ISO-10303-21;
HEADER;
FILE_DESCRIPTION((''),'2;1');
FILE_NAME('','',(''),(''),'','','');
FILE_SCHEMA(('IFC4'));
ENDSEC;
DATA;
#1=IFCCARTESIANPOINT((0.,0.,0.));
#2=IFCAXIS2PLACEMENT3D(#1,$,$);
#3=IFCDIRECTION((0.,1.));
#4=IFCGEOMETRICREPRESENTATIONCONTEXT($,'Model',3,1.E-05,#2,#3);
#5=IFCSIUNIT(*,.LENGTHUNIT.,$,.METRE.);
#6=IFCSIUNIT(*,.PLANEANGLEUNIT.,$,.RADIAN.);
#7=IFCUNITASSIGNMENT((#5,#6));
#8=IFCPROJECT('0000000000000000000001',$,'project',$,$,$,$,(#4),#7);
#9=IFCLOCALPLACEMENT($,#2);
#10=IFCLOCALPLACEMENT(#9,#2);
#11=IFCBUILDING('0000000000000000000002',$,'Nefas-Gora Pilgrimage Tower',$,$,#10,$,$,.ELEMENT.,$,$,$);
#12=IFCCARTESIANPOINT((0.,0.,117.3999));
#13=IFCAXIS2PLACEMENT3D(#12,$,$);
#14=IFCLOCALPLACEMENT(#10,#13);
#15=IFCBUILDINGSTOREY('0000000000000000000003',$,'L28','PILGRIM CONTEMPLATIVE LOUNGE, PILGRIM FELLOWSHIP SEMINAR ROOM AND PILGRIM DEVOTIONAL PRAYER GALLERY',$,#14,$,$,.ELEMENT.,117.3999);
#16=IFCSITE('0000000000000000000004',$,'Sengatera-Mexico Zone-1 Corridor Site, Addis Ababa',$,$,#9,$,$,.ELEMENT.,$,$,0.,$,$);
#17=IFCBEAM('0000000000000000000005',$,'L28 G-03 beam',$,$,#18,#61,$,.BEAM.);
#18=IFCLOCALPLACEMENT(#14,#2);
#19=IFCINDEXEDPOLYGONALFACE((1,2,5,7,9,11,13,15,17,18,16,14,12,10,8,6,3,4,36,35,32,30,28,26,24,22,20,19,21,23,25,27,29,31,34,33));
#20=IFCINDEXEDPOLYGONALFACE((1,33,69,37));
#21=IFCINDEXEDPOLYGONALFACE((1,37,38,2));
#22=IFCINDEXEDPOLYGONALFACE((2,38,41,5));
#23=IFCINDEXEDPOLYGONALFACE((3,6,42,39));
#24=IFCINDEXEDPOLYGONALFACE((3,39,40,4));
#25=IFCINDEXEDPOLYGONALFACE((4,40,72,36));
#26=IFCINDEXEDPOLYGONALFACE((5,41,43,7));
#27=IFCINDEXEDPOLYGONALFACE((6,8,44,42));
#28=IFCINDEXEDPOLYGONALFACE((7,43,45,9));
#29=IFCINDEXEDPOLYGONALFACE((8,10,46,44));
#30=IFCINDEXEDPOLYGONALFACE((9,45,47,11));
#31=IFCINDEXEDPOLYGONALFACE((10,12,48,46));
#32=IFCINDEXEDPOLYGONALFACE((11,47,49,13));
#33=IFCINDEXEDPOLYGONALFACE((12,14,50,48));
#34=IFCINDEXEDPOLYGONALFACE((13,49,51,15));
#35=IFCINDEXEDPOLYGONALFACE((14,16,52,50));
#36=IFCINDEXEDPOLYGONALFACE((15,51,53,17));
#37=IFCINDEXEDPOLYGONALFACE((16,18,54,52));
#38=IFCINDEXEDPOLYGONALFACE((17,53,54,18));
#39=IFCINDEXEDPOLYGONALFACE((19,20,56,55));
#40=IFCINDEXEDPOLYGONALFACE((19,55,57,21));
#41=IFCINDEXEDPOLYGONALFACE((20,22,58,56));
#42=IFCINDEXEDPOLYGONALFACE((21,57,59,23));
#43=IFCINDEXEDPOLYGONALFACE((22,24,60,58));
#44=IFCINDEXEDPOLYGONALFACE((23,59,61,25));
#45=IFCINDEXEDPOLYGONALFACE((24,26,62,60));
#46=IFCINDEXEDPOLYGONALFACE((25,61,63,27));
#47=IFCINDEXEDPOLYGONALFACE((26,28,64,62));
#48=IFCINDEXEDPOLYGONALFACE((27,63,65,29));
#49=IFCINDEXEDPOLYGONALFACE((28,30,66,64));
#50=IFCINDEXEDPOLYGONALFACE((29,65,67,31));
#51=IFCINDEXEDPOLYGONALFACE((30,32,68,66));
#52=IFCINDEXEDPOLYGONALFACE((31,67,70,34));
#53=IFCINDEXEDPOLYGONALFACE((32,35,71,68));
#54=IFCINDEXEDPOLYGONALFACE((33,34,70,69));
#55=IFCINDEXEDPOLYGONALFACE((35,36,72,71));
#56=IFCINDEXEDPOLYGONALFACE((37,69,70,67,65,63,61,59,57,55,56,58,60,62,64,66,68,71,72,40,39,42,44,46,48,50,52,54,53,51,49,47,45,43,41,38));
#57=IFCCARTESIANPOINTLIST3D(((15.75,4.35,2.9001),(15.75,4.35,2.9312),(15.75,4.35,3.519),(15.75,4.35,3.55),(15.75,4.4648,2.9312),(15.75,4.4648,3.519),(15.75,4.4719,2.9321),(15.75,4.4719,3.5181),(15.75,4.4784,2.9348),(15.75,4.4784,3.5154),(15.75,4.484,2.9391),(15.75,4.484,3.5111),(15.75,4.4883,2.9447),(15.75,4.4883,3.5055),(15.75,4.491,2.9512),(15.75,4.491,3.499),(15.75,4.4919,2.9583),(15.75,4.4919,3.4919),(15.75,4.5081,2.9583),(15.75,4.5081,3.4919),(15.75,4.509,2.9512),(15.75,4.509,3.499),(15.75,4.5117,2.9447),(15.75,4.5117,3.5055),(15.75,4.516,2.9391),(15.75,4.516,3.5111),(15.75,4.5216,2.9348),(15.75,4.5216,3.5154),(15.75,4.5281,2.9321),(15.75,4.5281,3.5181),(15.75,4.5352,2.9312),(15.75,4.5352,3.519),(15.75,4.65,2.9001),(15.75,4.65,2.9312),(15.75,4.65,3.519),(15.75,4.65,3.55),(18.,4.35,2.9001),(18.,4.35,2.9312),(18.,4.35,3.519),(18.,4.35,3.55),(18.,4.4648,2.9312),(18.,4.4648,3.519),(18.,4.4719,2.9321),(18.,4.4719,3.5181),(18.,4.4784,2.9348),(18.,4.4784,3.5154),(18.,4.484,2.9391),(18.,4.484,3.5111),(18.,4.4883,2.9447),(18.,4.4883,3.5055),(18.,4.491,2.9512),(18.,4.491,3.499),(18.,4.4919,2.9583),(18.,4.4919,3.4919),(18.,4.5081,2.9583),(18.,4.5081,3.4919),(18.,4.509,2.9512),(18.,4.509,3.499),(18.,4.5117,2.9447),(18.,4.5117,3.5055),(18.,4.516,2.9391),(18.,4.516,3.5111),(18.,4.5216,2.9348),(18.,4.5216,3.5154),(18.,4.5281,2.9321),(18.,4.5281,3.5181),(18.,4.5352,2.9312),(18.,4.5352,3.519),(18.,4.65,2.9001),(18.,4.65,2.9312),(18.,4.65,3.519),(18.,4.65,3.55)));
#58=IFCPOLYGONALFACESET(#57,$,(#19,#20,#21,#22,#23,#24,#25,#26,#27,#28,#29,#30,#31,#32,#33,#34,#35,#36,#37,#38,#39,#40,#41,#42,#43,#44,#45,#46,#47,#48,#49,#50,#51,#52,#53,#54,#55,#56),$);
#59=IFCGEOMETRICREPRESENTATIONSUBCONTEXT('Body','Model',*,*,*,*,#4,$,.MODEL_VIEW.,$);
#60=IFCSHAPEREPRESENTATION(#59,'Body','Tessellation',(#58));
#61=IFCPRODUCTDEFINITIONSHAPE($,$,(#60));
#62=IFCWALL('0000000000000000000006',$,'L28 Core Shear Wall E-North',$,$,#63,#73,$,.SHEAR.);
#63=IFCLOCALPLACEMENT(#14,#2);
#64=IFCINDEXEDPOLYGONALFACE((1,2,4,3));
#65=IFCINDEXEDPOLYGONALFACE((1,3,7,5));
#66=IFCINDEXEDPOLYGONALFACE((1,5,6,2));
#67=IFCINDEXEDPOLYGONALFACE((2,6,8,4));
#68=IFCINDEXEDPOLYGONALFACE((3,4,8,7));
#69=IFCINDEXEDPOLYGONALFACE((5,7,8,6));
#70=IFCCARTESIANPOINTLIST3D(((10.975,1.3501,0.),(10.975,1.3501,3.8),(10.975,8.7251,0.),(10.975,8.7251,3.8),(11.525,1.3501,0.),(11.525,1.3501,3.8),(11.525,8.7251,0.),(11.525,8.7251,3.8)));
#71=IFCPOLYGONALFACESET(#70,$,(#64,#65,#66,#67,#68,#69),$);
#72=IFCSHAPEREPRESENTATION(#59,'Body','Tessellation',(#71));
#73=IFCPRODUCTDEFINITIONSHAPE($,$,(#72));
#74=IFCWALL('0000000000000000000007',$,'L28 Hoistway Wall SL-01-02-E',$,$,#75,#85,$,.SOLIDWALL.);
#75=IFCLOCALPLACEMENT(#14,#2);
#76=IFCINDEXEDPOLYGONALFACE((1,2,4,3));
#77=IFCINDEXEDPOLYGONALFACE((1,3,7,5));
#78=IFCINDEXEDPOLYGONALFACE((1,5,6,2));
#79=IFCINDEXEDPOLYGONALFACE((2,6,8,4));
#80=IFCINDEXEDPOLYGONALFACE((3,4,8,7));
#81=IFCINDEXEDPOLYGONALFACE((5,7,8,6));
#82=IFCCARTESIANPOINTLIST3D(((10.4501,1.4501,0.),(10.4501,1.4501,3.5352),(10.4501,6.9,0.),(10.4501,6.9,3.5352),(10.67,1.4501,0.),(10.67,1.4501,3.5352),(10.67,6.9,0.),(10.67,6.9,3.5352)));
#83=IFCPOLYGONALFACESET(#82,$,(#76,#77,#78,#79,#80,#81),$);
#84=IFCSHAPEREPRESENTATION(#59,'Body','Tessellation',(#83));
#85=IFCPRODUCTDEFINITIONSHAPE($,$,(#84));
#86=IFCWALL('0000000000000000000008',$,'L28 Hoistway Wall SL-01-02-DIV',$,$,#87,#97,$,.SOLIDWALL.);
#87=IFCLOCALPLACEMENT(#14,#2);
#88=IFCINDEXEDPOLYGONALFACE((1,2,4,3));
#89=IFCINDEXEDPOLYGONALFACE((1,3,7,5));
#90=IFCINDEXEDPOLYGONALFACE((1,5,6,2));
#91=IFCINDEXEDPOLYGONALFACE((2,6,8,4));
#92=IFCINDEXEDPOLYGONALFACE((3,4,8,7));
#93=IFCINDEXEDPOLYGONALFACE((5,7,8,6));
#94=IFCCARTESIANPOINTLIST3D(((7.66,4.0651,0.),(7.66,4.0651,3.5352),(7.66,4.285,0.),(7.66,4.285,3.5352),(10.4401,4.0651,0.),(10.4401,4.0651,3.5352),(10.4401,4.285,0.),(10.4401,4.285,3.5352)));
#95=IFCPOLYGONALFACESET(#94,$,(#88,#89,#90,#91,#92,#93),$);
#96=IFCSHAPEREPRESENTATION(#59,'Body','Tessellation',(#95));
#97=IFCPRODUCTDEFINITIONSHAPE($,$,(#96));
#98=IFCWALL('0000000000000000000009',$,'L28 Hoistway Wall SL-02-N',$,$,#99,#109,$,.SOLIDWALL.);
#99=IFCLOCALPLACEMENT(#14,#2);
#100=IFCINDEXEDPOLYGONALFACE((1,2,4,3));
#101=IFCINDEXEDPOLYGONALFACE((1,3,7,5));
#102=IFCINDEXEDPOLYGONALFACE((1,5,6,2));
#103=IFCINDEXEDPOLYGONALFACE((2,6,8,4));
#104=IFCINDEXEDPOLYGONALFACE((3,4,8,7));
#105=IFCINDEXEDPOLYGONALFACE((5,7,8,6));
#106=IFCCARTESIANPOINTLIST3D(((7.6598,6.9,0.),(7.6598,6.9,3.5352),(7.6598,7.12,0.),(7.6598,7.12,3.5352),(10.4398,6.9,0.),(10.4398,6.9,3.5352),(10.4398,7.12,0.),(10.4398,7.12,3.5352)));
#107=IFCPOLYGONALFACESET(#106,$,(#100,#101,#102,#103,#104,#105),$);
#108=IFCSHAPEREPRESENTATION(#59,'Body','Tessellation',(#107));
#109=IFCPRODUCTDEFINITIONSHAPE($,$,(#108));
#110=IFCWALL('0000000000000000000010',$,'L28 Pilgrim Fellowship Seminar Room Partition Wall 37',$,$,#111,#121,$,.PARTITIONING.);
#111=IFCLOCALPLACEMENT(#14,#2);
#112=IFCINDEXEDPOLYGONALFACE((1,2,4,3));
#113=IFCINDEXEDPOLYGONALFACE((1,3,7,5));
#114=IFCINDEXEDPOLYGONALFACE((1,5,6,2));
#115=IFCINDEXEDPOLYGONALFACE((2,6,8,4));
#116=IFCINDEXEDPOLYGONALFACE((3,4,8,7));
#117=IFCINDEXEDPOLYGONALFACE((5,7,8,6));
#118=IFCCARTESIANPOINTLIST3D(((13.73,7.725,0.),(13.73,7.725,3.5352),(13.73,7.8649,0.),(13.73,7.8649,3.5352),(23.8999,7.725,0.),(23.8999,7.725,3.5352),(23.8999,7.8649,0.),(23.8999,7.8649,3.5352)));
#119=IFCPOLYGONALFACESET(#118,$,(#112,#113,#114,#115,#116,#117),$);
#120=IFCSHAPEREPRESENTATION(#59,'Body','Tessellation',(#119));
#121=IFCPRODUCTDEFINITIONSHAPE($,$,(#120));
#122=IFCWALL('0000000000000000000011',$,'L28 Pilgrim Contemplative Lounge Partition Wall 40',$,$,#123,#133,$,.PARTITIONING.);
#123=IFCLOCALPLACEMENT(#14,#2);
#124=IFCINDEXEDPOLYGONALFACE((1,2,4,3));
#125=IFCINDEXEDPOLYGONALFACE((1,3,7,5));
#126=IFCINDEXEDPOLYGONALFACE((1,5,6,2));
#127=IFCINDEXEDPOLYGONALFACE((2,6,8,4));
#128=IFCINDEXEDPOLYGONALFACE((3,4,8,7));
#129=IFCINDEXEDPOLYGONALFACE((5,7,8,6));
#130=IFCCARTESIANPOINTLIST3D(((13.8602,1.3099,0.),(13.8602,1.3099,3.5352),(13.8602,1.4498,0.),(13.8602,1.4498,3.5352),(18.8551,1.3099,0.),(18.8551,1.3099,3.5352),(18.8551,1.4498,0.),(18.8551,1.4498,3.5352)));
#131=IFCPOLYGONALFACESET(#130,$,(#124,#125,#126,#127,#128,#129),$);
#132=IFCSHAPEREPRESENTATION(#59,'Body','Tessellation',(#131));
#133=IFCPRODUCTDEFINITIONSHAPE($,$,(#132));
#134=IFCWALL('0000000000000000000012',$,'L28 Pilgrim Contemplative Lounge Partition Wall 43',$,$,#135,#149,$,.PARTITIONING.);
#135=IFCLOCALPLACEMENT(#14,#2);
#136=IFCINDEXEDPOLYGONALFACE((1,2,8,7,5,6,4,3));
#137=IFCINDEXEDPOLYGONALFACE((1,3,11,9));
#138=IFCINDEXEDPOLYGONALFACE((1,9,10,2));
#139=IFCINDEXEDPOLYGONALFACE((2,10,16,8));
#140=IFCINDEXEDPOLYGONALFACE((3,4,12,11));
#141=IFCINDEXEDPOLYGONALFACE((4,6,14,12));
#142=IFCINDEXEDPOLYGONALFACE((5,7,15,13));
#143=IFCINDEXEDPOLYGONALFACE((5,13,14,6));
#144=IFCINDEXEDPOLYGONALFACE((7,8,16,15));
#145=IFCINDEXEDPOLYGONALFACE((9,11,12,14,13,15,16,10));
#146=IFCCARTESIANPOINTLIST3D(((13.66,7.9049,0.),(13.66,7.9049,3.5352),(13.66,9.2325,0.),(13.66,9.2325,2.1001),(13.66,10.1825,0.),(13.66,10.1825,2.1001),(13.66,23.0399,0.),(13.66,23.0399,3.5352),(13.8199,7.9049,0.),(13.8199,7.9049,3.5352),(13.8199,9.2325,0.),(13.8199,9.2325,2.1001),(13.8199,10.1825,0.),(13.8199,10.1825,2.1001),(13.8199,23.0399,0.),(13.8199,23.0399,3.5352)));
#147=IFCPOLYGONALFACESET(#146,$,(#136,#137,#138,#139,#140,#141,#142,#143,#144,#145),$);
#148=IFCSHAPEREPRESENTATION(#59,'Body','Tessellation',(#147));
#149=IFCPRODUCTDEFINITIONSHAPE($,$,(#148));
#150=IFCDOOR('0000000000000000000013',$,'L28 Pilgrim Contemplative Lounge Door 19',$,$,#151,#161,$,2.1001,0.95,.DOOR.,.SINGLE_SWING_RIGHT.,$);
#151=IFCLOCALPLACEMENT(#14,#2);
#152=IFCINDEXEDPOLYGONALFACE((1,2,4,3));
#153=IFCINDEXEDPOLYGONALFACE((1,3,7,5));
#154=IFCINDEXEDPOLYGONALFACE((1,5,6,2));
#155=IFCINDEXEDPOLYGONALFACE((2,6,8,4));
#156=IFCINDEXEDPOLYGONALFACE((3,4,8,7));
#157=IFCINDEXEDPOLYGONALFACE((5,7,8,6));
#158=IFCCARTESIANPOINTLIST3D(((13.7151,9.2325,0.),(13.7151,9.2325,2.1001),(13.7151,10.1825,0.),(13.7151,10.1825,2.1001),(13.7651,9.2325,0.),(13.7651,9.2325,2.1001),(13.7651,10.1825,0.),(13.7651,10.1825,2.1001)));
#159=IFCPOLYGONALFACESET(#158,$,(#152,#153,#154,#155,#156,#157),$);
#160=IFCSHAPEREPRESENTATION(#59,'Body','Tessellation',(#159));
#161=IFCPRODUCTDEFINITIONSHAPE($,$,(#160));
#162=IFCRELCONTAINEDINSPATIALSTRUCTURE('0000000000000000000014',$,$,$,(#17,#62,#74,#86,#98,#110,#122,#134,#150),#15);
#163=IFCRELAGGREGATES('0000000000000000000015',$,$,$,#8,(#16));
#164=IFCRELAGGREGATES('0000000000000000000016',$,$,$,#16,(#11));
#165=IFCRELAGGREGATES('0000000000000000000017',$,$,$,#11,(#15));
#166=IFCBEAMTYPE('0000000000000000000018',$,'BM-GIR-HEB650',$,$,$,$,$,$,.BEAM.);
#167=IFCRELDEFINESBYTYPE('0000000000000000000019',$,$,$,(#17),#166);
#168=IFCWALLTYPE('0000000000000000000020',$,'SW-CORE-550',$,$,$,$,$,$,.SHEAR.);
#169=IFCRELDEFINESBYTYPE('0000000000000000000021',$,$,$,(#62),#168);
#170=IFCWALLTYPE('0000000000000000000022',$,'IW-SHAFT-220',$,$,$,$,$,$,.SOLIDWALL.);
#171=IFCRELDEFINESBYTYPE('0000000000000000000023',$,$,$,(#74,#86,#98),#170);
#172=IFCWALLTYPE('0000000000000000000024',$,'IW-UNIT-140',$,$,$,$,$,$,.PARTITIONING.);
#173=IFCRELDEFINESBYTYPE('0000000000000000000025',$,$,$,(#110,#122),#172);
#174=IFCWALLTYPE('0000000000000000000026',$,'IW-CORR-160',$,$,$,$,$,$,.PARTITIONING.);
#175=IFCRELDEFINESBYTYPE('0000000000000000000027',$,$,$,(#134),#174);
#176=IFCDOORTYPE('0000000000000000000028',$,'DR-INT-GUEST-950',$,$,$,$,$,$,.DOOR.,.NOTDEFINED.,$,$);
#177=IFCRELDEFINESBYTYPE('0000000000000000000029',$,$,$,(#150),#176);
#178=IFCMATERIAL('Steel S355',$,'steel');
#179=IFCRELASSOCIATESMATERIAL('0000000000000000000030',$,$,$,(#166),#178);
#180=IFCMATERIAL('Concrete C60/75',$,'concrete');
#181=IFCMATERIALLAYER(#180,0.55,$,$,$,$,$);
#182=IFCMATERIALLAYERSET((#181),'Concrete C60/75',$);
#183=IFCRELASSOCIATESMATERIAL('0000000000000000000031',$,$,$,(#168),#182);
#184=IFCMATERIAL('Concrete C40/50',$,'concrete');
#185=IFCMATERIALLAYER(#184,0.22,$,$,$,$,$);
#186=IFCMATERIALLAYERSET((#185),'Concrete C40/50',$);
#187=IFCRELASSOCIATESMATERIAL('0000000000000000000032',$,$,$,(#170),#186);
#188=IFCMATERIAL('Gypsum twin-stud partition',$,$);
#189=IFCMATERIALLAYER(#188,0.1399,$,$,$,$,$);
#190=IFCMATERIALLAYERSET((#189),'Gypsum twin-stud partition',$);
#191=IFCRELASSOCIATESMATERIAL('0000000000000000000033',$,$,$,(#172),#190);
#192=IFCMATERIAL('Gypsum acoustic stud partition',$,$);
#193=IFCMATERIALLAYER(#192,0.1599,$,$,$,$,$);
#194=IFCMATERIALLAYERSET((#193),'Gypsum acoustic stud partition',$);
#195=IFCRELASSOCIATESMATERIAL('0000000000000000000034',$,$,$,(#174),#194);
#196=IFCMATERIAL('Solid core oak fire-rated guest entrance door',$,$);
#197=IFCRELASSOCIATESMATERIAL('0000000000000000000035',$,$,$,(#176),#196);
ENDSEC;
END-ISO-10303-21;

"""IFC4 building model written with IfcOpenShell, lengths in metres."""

from ifc_helpers import new_model, si_unit, direction, frame, frame_2d, origin, origin_2d, place, context, subcontext, project, spatial, rectangle, i_section, extrude, source, transform, mapped, material, layer, layer_set, material_profile, profile_set, type_object, element, fill, save


model = new_model("IFC4")

# Units and contexts
model_context = context("Model", 3, precision=1e-05, world=origin(), true_north=direction((0.0, 1.0)))
body_context = subcontext(model_context, "Body", "Model", "MODEL_VIEW")
ifc_project = project(units=[si_unit("LENGTHUNIT", "METRE"), si_unit("PLANEANGLEUNIT", "RADIAN")], contexts=[model_context])

# Site, building, storey
site_placement = place(None, origin())
site = spatial("IfcSite", under=ifc_project, at=site_placement, Name="Sengatera-Mexico Zone-1 Corridor Site, Addis Ababa", CompositionType="ELEMENT", RefElevation=0.0)
building_placement = place(site_placement, origin())
building = spatial("IfcBuilding", under=site, at=building_placement, Name="Nefas-Gora Pilgrimage Tower", CompositionType="ELEMENT")
storey_placement = place(building_placement, frame((0.0, 0.0, 117.3999)))
storey = spatial("IfcBuildingStorey", under=building, at=storey_placement, Name="L28", Description="PILGRIM CONTEMPLATIVE LOUNGE, PILGRIM FELLOWSHIP SEMINAR ROOM AND PILGRIM DEVOTIONAL PRAYER GALLERY", CompositionType="ELEMENT", Elevation=117.3999)

# Beam
ifc_material_1 = material(Name="Steel S355", Category="steel")
ifc_material_profile_1 = material_profile(ifc_material_1, i_section(OverallWidth=0.3, OverallDepth=0.6499, WebThickness=0.0161, FlangeThickness=0.031, FilletRadius=0.0271, at=origin_2d()), Name="HEB 650")
ifc_profile_set_1 = profile_set([ifc_material_profile_1], Name="Steel S355")
beam_type = type_object("IfcBeamType", Name="BM-GIR-HEB650", PredefinedType="BEAM", material=ifc_profile_set_1)
shared_shape_1 = source(origin(), body_context, "Body", "SweptSolid", [
    extrude(i_section(OverallWidth=0.3, OverallDepth=0.6499, WebThickness=0.0161, FlangeThickness=0.031, FilletRadius=0.0271, at=origin_2d()), origin(), (0.0, 0.0, 1.0), 2.25),
])
for number, where, z_axis, x_axis, name in (
    (1, (15.75, 4.5, 3.2251), (1.0, 0.0, 0.0), (0.0, 1.0, 0.0), "L28 G-03 beam"),
):
    element("IfcBeam", number, at=place(storey_placement, frame(where, z_axis=z_axis, x_axis=x_axis)), inside=storey, type_object=beam_type, Name=name, PredefinedType="BEAM", context=body_context, shape_type="MappedRepresentation", body=[
        mapped(shared_shape_1, transform((0.0, 0.0, 0.0), x_axis=(1.0, 0.0, 0.0), y_axis=(0.0, 1.0, 0.0), z_axis=(0.0, 0.0, 1.0), scale=1.0)),
    ])

# Walls
ifc_material_2 = material(Name="Concrete C60/75", Category="concrete")
ifc_layer_1 = layer(ifc_material_2, 0.55)
ifc_layer_set_1 = layer_set([ifc_layer_1], Name="Concrete C60/75")
wall_type_1 = type_object("IfcWallType", Name="SW-CORE-550", PredefinedType="SHEAR", material=ifc_layer_set_1)
shared_shape_2 = source(origin(), body_context, "Body", "SweptSolid", [
    extrude(rectangle(XDim=7.375, YDim=0.55, at=frame_2d((3.6875, 0.0))), origin(), (0.0, 0.0, 1.0), 3.8),
])
wall_1_placement = place(storey_placement, frame((11.25, 1.3501, 0.0), z_axis=(0.0, 0.0, 1.0), x_axis=(0.0, 1.0, 0.0)))
element("IfcWall", 2, at=wall_1_placement, inside=storey, type_object=wall_type_1, Name="L28 Core Shear Wall E-North", PredefinedType="SHEAR", context=body_context, shape_type="MappedRepresentation", body=[
    mapped(shared_shape_2, transform((0.0, 0.0, 0.0), x_axis=(1.0, 0.0, 0.0), y_axis=(0.0, 1.0, 0.0), z_axis=(0.0, 0.0, 1.0), scale=1.0)),
])
ifc_material_3 = material(Name="Concrete C40/50", Category="concrete")
ifc_layer_2 = layer(ifc_material_3, 0.22)
ifc_layer_set_2 = layer_set([ifc_layer_2], Name="Concrete C40/50")
wall_type_2 = type_object("IfcWallType", Name="IW-SHAFT-220", PredefinedType="SOLIDWALL", material=ifc_layer_set_2)
shared_shape_3 = source(origin(), body_context, "Body", "SweptSolid", [
    extrude(rectangle(XDim=5.45, YDim=0.22, at=frame_2d((2.7251, 0.0))), origin(), (0.0, 0.0, 1.0), 3.5352),
])
wall_2_placement = place(storey_placement, frame((10.5601, 1.45, 0.0), z_axis=(0.0, 0.0, 1.0), x_axis=(0.0, 1.0, 0.0)))
element("IfcWall", 3, at=wall_2_placement, inside=storey, type_object=wall_type_2, Name="L28 Hoistway Wall SL-01-02-E", PredefinedType="SOLIDWALL", context=body_context, shape_type="MappedRepresentation", body=[
    mapped(shared_shape_3, transform((0.0, 0.0, 0.0), x_axis=(1.0, 0.0, 0.0), y_axis=(0.0, 1.0, 0.0), z_axis=(0.0, 0.0, 1.0), scale=1.0)),
])
shared_shape_4 = source(origin(), body_context, "Body", "SweptSolid", [
    extrude(rectangle(XDim=2.78, YDim=0.22, at=frame_2d((1.3901, 0.0))), origin(), (0.0, 0.0, 1.0), 3.5352),
])
for number, where, z_axis, x_axis, name in (
    (4, (7.6599, 4.175, 0.0), (0.0, 0.0, 1.0), (1.0, 0.0, 0.0), "L28 Hoistway Wall SL-01-02-DIV"),
    (5, (10.4399, 7.01, 0.0), (0.0, 0.0, 1.0), (-1.0, 0.0, 0.0), "L28 Hoistway Wall SL-02-N"),
):
    element("IfcWall", number, at=place(storey_placement, frame(where, z_axis=z_axis, x_axis=x_axis)), inside=storey, type_object=wall_type_2, Name=name, PredefinedType="SOLIDWALL", context=body_context, shape_type="MappedRepresentation", body=[
        mapped(shared_shape_4, transform((0.0, 0.0, 0.0), x_axis=(1.0, 0.0, 0.0), y_axis=(0.0, 1.0, 0.0), z_axis=(0.0, 0.0, 1.0), scale=1.0)),
    ])
ifc_material_4 = material(Name="Gypsum twin-stud partition")
ifc_layer_3 = layer(ifc_material_4, 0.1399)
ifc_layer_set_3 = layer_set([ifc_layer_3], Name="Gypsum twin-stud partition")
wall_type_3 = type_object("IfcWallType", Name="IW-UNIT-140", PredefinedType="PARTITIONING", material=ifc_layer_set_3)
shared_shape_5 = source(origin(), body_context, "Body", "SweptSolid", [
    extrude(rectangle(XDim=10.1699, YDim=0.1399, at=frame_2d((5.085, 0.0))), origin(), (0.0, 0.0, 1.0), 3.5352),
])
wall_3_placement = place(storey_placement, frame((13.73, 7.7949, 0.0), z_axis=(0.0, 0.0, 1.0), x_axis=(1.0, 0.0, 0.0)))
element("IfcWall", 6, at=wall_3_placement, inside=storey, type_object=wall_type_3, Name="L28 Pilgrim Fellowship Seminar Room Partition Wall 37", PredefinedType="PARTITIONING", context=body_context, shape_type="MappedRepresentation", body=[
    mapped(shared_shape_5, transform((0.0, 0.0, 0.0), x_axis=(1.0, 0.0, 0.0), y_axis=(0.0, 1.0, 0.0), z_axis=(0.0, 0.0, 1.0), scale=1.0)),
])
shared_shape_6 = source(origin(), body_context, "Body", "SweptSolid", [
    extrude(rectangle(XDim=4.9949, YDim=0.1399, at=frame_2d((2.4976, 0.0))), origin(), (0.0, 0.0, 1.0), 3.5352),
])
wall_4_placement = place(storey_placement, frame((13.8601, 1.3799, 0.0), z_axis=(0.0, 0.0, 1.0), x_axis=(1.0, 0.0, 0.0)))
element("IfcWall", 7, at=wall_4_placement, inside=storey, type_object=wall_type_3, Name="L28 Pilgrim Contemplative Lounge Partition Wall 40", PredefinedType="PARTITIONING", context=body_context, shape_type="MappedRepresentation", body=[
    mapped(shared_shape_6, transform((0.0, 0.0, 0.0), x_axis=(1.0, 0.0, 0.0), y_axis=(0.0, 1.0, 0.0), z_axis=(0.0, 0.0, 1.0), scale=1.0)),
])

# Wall, opening, door
ifc_material_5 = material(Name="Gypsum acoustic stud partition")
ifc_layer_4 = layer(ifc_material_5, 0.1599)
ifc_layer_set_4 = layer_set([ifc_layer_4], Name="Gypsum acoustic stud partition")
wall_type_4 = type_object("IfcWallType", Name="IW-CORR-160", PredefinedType="PARTITIONING", material=ifc_layer_set_4)
shared_shape_7 = source(origin(), body_context, "Body", "SweptSolid", [
    extrude(rectangle(XDim=15.135, YDim=0.1599, at=frame_2d((7.5674, 0.0))), origin(), (0.0, 0.0, 1.0), 3.5352),
])
wall_5_placement = place(storey_placement, frame((13.74, 7.905, 0.0), z_axis=(0.0, 0.0, 1.0), x_axis=(0.0, 1.0, 0.0)))
wall_5 = element("IfcWall", 8, at=wall_5_placement, inside=storey, type_object=wall_type_4, Name="L28 Pilgrim Contemplative Lounge Partition Wall 43", PredefinedType="PARTITIONING", context=body_context, shape_type="MappedRepresentation", body=[
    mapped(shared_shape_7, transform((0.0, 0.0, 0.0), x_axis=(1.0, 0.0, 0.0), y_axis=(0.0, 1.0, 0.0), z_axis=(0.0, 0.0, 1.0), scale=1.0)),
])
opening_placement = place(wall_5_placement, frame((1.3274, 0.0, 0.0)))
opening = element("IfcOpeningElement", 9, at=opening_placement, cuts=wall_5, PredefinedType="OPENING", context=body_context, shape_type="SweptSolid", body=[
    extrude(rectangle(XDim=0.95, YDim=2.1001, at=frame_2d((0.4751, 1.05))), frame((0.0, 0.0898, 0.0), z_axis=(0.0, -1.0, 0.0), x_axis=(1.0, 0.0, 0.0)), (0.0, 0.0, 1.0), 0.1799),
])
ifc_material_6 = material(Name="Solid core oak fire-rated guest entrance door")
door_type = type_object("IfcDoorType", Name="DR-INT-GUEST-950", OperationType="NOTDEFINED", PredefinedType="DOOR", material=ifc_material_6)
shared_shape_8 = source(origin(), body_context, "Body", "SweptSolid", [
    extrude(rectangle(XDim=0.95, YDim=2.1001, at=frame_2d((0.4751, 1.05))), frame((0.0, 0.0249, 0.0), z_axis=(0.0, -1.0, 0.0), x_axis=(1.0, 0.0, 0.0)), (0.0, 0.0, 1.0), 0.05),
])
door_placement = place(opening_placement, origin())
door = element("IfcDoor", 10, at=door_placement, inside=storey, type_object=door_type, Name="L28 Pilgrim Contemplative Lounge Door 19", OperationType="SINGLE_SWING_RIGHT", OverallHeight=2.1001, OverallWidth=0.95, PredefinedType="DOOR", context=body_context, shape_type="MappedRepresentation", body=[
    mapped(shared_shape_8, transform((0.0, 0.0, 0.0), x_axis=(1.0, 0.0, 0.0), y_axis=(0.0, 1.0, 0.0), z_axis=(0.0, 0.0, 1.0), scale=1.0)),
])
fill(opening, door)

save(model, "model.ifc")
